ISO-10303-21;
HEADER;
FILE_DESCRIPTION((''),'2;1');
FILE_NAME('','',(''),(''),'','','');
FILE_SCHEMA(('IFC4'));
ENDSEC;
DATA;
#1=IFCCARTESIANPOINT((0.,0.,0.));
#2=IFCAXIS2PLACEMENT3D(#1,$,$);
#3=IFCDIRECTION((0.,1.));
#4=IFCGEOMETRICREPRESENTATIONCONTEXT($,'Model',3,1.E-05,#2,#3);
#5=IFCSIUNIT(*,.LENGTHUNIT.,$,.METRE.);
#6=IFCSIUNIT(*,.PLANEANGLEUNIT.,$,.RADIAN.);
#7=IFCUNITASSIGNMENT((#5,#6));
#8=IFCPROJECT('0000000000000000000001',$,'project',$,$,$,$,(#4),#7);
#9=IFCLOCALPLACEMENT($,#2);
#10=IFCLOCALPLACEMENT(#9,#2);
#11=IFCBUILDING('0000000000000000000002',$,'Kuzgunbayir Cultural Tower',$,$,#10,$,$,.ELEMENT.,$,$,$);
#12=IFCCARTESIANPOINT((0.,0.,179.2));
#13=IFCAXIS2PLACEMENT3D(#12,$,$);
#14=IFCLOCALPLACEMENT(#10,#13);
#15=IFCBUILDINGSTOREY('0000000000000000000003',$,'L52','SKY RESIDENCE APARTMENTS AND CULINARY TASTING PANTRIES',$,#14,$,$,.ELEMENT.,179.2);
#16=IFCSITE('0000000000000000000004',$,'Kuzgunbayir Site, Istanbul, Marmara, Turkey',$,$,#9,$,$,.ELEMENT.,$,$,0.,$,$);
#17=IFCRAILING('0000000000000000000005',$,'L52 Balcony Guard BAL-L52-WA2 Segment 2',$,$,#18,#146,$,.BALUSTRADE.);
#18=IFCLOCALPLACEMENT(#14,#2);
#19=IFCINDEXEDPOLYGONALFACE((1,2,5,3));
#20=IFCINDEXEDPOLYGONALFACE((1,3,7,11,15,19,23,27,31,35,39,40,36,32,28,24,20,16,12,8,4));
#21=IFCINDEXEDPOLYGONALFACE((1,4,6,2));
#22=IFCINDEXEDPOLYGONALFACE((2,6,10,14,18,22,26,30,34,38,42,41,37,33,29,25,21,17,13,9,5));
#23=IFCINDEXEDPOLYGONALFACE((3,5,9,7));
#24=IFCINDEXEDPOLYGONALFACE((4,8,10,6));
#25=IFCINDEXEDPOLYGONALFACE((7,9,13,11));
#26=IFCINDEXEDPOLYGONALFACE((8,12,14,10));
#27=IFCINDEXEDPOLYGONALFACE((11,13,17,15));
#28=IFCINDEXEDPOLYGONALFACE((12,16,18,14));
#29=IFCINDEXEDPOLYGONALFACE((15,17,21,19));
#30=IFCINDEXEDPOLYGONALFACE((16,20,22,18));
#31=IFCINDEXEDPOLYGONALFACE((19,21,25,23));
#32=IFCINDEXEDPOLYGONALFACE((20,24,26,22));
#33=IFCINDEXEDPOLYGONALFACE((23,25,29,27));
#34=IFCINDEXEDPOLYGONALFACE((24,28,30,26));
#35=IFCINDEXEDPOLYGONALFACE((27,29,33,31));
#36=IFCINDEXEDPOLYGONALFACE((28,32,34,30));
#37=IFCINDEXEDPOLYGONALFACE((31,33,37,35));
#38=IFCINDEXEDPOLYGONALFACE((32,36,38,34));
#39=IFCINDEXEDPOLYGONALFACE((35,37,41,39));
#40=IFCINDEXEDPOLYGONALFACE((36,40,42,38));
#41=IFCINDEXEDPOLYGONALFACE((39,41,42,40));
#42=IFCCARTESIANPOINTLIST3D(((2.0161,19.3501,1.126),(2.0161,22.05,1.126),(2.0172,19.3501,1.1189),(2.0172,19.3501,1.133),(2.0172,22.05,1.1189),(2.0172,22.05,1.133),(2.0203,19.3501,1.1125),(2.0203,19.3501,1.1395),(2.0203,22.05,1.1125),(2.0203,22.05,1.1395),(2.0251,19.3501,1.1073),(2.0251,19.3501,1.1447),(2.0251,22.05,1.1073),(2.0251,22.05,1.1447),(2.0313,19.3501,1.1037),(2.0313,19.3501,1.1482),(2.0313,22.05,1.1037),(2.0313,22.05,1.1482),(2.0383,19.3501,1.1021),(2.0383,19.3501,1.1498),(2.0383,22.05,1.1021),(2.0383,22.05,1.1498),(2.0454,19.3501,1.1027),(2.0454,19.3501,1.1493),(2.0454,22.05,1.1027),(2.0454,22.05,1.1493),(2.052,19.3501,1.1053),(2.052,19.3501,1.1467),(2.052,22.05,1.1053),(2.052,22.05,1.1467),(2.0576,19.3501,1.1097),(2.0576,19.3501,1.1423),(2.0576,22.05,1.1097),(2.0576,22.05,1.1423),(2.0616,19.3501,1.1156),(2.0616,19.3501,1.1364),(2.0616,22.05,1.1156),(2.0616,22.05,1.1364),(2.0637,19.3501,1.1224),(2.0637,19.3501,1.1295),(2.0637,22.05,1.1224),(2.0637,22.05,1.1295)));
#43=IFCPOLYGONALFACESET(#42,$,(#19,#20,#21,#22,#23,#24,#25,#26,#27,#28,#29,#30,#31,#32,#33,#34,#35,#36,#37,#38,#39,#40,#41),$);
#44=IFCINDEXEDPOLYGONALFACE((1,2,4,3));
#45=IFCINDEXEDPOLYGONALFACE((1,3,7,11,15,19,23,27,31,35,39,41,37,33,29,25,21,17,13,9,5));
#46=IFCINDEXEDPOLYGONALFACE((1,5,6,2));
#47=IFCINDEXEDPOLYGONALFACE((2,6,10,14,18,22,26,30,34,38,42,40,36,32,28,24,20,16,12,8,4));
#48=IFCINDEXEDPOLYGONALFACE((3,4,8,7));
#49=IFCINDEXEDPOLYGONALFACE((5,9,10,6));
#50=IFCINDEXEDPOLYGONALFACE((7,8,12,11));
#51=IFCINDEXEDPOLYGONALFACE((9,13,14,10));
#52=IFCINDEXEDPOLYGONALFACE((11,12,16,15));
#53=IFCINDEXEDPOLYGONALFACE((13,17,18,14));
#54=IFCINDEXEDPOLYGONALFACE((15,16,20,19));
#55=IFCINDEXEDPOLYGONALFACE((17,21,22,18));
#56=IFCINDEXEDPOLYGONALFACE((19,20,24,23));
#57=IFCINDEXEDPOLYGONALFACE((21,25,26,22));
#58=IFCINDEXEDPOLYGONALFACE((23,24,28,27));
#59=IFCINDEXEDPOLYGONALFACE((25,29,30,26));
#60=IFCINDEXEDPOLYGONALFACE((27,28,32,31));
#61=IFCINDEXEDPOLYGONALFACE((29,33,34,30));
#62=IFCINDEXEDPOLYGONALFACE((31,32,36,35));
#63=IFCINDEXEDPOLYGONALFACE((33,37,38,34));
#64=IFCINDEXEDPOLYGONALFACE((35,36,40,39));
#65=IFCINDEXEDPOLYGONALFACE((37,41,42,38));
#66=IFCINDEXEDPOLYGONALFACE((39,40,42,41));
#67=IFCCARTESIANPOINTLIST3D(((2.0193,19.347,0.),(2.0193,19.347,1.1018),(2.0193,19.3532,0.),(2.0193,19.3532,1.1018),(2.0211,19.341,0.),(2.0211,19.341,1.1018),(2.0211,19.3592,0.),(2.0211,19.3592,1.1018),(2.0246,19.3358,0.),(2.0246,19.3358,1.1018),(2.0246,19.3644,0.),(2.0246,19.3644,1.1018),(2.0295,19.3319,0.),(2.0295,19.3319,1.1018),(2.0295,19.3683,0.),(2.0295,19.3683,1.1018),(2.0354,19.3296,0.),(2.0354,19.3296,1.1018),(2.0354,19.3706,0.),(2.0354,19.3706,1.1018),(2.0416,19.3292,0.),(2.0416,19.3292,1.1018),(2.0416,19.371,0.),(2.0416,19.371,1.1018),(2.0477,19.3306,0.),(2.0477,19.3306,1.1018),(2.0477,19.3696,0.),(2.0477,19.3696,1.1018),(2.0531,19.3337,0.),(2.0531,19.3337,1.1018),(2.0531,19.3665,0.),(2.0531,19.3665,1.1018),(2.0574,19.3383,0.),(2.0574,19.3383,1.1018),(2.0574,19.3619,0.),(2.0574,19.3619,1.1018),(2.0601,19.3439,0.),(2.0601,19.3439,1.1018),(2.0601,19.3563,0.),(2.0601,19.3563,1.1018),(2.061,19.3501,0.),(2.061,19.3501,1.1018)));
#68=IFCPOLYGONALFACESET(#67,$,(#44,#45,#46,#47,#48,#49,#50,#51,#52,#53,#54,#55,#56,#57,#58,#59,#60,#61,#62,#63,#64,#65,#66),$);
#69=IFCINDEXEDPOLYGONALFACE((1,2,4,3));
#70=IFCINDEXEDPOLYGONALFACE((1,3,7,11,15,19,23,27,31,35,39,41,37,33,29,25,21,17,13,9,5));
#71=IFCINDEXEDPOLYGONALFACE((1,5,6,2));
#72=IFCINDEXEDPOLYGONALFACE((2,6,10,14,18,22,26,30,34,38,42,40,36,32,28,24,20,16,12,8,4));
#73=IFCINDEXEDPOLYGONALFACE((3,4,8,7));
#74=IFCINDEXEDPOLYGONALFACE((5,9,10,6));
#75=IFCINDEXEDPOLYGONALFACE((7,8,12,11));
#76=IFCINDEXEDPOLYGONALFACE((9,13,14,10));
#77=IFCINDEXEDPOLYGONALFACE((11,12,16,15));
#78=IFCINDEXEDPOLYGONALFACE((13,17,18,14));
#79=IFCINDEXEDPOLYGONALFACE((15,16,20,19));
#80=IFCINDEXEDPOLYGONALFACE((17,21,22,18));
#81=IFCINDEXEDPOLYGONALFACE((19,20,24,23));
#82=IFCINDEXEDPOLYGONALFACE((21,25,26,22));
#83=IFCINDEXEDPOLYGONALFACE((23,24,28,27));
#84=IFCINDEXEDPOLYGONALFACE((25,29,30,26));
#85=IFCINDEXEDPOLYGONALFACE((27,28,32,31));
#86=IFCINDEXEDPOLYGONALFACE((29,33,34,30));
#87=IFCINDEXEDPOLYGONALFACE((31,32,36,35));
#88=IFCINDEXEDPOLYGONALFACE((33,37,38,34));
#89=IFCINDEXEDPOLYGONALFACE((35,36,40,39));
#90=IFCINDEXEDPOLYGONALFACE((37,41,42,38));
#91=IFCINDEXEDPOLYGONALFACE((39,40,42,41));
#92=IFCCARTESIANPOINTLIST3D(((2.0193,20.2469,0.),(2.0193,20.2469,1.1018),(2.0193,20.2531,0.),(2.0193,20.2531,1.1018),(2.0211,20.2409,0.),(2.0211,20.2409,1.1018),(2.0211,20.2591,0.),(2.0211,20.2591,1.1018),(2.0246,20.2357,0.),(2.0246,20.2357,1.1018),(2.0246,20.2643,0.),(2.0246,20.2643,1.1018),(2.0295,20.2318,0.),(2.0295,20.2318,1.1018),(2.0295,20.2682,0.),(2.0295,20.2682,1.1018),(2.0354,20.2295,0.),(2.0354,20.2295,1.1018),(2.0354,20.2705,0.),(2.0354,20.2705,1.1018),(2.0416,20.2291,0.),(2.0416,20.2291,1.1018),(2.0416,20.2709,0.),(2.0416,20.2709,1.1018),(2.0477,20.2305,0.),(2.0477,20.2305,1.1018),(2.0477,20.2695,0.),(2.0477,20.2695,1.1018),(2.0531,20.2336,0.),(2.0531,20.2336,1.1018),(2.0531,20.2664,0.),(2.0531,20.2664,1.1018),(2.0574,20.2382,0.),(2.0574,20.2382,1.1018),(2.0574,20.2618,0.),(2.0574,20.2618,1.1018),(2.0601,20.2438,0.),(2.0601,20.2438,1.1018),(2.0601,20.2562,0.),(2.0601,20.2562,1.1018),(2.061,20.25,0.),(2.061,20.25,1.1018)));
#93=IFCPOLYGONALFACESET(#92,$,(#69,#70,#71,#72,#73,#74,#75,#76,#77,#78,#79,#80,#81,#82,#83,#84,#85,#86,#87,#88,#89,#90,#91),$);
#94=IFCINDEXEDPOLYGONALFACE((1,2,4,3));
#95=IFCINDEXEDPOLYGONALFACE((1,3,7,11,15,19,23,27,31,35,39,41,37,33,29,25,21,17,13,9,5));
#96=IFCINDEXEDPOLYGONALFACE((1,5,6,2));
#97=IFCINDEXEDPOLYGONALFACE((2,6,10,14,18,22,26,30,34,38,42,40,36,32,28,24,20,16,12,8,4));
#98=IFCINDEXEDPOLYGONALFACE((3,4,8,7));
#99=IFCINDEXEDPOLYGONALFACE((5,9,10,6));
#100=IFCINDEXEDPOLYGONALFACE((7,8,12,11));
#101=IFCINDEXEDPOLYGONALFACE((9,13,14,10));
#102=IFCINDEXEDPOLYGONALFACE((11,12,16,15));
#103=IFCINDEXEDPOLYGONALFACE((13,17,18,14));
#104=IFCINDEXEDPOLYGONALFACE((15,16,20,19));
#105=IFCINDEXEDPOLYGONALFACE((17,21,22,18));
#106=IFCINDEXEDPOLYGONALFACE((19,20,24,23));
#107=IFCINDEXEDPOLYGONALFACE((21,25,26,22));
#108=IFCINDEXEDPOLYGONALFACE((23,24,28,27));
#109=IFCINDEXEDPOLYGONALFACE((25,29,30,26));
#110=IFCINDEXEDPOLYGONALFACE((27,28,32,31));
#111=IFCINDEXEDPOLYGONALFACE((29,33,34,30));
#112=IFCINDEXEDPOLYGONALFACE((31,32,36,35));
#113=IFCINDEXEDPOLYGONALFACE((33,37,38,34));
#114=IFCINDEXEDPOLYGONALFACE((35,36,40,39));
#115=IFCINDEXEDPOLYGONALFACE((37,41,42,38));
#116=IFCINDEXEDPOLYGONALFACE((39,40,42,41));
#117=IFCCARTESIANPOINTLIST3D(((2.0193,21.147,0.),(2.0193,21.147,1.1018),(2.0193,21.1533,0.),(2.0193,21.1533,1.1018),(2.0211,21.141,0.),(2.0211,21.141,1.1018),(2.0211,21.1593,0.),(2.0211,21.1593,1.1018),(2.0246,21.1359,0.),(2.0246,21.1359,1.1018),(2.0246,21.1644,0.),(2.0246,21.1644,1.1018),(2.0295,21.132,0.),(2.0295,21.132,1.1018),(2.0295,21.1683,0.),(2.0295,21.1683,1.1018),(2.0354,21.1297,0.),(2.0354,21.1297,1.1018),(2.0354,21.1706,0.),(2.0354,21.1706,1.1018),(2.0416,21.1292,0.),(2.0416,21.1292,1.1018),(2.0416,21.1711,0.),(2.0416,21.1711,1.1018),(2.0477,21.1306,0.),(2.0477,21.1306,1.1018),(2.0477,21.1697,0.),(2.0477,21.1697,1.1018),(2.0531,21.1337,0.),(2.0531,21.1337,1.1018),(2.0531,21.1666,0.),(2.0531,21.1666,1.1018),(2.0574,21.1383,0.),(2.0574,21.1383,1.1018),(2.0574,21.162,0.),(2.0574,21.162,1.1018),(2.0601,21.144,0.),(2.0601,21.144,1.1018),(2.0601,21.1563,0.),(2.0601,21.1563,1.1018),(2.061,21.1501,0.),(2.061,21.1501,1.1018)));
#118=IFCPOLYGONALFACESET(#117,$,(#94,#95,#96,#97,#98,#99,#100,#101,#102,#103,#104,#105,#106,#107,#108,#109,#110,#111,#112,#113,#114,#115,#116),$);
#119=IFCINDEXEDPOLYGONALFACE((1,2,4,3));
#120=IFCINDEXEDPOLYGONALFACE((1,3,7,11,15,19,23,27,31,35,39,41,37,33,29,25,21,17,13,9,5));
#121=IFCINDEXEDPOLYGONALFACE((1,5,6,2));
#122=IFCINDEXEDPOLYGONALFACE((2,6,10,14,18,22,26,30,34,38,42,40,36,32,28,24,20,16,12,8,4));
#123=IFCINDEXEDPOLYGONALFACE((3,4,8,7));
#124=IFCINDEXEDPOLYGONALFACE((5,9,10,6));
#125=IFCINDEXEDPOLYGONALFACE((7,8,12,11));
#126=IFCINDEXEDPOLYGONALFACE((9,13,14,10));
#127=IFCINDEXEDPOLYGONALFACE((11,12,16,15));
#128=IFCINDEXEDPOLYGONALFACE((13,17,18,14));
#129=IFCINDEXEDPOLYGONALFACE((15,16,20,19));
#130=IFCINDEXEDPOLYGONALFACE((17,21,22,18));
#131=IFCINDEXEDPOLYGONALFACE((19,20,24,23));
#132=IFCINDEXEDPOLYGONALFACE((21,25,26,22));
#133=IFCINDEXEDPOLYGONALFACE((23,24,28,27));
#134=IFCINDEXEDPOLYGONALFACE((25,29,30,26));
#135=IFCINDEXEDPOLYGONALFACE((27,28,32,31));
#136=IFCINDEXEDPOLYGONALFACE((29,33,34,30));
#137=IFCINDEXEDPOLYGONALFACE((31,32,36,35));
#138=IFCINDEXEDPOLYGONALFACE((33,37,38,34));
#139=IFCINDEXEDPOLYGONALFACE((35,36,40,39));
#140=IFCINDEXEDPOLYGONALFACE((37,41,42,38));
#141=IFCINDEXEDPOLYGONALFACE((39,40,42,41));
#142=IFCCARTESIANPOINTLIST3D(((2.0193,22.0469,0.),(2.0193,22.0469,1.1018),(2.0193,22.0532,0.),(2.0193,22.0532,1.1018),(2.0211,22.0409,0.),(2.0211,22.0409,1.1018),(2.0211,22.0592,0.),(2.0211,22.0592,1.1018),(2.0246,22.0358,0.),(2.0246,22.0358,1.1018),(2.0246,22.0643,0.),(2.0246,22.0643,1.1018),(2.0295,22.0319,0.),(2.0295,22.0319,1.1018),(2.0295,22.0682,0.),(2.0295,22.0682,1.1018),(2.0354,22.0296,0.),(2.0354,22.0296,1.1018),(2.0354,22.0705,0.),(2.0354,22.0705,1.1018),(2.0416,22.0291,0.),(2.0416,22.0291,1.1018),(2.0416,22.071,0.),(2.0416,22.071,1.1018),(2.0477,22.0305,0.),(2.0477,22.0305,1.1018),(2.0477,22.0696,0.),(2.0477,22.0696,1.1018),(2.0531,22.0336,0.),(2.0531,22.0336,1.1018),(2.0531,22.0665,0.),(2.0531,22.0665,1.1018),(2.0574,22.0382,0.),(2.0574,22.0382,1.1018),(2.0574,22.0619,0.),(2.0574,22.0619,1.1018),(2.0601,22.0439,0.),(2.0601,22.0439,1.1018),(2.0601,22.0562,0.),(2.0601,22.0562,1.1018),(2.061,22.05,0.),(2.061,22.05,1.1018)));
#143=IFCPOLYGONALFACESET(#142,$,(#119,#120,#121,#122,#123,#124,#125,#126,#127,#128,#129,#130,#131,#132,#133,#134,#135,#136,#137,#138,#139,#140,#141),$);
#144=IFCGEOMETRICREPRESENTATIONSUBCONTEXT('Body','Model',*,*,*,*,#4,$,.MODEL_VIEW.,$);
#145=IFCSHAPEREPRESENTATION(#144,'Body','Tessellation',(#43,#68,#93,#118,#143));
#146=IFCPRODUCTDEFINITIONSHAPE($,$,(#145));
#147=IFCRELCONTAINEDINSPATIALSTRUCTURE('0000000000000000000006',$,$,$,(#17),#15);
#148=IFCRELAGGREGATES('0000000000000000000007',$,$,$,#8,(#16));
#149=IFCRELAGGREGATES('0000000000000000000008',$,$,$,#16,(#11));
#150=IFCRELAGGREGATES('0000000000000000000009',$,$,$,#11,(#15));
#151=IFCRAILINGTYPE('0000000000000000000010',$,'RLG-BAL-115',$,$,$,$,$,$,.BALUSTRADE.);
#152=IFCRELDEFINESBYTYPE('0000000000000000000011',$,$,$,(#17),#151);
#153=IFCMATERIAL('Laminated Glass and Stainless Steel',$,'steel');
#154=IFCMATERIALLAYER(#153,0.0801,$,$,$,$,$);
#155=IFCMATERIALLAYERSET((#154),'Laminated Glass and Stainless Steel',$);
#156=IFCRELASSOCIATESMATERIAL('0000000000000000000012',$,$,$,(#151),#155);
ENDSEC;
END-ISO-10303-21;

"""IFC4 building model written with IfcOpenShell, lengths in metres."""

from ifc_helpers import new_model, si_unit, direction, frame, origin, origin_2d, place, context, subcontext, project, spatial, circle, extrude, material, layer, layer_set, type_object, element, save


model = new_model("IFC4")

# Units and contexts
model_context = context("Model", 3, precision=1e-05, world=origin(), true_north=direction((0.0, 1.0)))
body_context = subcontext(model_context, "Body", "Model", "MODEL_VIEW")
ifc_project = project(units=[si_unit("LENGTHUNIT", "METRE"), si_unit("PLANEANGLEUNIT", "RADIAN")], contexts=[model_context])

# Site, building, storey
site_placement = place(None, origin())
site = spatial("IfcSite", under=ifc_project, at=site_placement, Name="Kuzgunbayir Site, Istanbul, Marmara, Turkey", CompositionType="ELEMENT", RefElevation=0.0)
building_placement = place(site_placement, origin())
building = spatial("IfcBuilding", under=site, at=building_placement, Name="Kuzgunbayir Cultural Tower", CompositionType="ELEMENT")
storey_placement = place(building_placement, frame((0.0, 0.0, 179.2)))
storey = spatial("IfcBuildingStorey", under=building, at=storey_placement, Name="L52", Description="SKY RESIDENCE APARTMENTS AND CULINARY TASTING PANTRIES", CompositionType="ELEMENT", Elevation=179.2)

# Railing
ifc_material_1 = material(Name="Laminated Glass and Stainless Steel", Category="steel")
ifc_layer_1 = layer(ifc_material_1, 0.0801)
ifc_layer_set_1 = layer_set([ifc_layer_1], Name="Laminated Glass and Stainless Steel")
railing_type = type_object("IfcRailingType", Name="RLG-BAL-115", PredefinedType="BALUSTRADE", material=ifc_layer_set_1)
railing_1_placement = place(storey_placement, frame((2.04, 19.3501, 0.0)))
element("IfcRailing", 1, at=railing_1_placement, inside=storey, type_object=railing_type, Name="L52 Balcony Guard BAL-L52-WA2 Segment 2", PredefinedType="BALUSTRADE", context=body_context, shape_type="SweptSolid", body=[
    extrude(circle(Radius=0.0239, at=origin_2d()), frame((0.0, 0.0, 1.126), z_axis=(0.0, 1.0, 0.0), x_axis=(-1.0, 0.0, 0.0)), (0.0, 0.0, 1.0), 2.7),
    extrude(circle(Radius=0.021, at=origin_2d()), origin(), (0.0, 0.0, 1.0), 1.1018),
    extrude(circle(Radius=0.021, at=origin_2d()), frame((0.0, 0.8999, 0.0)), (0.0, 0.0, 1.0), 1.1018),
    extrude(circle(Radius=0.021, at=origin_2d()), frame((0.0, 1.8, 0.0)), (0.0, 0.0, 1.0), 1.1018),
    extrude(circle(Radius=0.021, at=origin_2d()), frame((0.0, 2.7, 0.0)), (0.0, 0.0, 1.0), 1.1018),
])

save(model, "model.ifc")
